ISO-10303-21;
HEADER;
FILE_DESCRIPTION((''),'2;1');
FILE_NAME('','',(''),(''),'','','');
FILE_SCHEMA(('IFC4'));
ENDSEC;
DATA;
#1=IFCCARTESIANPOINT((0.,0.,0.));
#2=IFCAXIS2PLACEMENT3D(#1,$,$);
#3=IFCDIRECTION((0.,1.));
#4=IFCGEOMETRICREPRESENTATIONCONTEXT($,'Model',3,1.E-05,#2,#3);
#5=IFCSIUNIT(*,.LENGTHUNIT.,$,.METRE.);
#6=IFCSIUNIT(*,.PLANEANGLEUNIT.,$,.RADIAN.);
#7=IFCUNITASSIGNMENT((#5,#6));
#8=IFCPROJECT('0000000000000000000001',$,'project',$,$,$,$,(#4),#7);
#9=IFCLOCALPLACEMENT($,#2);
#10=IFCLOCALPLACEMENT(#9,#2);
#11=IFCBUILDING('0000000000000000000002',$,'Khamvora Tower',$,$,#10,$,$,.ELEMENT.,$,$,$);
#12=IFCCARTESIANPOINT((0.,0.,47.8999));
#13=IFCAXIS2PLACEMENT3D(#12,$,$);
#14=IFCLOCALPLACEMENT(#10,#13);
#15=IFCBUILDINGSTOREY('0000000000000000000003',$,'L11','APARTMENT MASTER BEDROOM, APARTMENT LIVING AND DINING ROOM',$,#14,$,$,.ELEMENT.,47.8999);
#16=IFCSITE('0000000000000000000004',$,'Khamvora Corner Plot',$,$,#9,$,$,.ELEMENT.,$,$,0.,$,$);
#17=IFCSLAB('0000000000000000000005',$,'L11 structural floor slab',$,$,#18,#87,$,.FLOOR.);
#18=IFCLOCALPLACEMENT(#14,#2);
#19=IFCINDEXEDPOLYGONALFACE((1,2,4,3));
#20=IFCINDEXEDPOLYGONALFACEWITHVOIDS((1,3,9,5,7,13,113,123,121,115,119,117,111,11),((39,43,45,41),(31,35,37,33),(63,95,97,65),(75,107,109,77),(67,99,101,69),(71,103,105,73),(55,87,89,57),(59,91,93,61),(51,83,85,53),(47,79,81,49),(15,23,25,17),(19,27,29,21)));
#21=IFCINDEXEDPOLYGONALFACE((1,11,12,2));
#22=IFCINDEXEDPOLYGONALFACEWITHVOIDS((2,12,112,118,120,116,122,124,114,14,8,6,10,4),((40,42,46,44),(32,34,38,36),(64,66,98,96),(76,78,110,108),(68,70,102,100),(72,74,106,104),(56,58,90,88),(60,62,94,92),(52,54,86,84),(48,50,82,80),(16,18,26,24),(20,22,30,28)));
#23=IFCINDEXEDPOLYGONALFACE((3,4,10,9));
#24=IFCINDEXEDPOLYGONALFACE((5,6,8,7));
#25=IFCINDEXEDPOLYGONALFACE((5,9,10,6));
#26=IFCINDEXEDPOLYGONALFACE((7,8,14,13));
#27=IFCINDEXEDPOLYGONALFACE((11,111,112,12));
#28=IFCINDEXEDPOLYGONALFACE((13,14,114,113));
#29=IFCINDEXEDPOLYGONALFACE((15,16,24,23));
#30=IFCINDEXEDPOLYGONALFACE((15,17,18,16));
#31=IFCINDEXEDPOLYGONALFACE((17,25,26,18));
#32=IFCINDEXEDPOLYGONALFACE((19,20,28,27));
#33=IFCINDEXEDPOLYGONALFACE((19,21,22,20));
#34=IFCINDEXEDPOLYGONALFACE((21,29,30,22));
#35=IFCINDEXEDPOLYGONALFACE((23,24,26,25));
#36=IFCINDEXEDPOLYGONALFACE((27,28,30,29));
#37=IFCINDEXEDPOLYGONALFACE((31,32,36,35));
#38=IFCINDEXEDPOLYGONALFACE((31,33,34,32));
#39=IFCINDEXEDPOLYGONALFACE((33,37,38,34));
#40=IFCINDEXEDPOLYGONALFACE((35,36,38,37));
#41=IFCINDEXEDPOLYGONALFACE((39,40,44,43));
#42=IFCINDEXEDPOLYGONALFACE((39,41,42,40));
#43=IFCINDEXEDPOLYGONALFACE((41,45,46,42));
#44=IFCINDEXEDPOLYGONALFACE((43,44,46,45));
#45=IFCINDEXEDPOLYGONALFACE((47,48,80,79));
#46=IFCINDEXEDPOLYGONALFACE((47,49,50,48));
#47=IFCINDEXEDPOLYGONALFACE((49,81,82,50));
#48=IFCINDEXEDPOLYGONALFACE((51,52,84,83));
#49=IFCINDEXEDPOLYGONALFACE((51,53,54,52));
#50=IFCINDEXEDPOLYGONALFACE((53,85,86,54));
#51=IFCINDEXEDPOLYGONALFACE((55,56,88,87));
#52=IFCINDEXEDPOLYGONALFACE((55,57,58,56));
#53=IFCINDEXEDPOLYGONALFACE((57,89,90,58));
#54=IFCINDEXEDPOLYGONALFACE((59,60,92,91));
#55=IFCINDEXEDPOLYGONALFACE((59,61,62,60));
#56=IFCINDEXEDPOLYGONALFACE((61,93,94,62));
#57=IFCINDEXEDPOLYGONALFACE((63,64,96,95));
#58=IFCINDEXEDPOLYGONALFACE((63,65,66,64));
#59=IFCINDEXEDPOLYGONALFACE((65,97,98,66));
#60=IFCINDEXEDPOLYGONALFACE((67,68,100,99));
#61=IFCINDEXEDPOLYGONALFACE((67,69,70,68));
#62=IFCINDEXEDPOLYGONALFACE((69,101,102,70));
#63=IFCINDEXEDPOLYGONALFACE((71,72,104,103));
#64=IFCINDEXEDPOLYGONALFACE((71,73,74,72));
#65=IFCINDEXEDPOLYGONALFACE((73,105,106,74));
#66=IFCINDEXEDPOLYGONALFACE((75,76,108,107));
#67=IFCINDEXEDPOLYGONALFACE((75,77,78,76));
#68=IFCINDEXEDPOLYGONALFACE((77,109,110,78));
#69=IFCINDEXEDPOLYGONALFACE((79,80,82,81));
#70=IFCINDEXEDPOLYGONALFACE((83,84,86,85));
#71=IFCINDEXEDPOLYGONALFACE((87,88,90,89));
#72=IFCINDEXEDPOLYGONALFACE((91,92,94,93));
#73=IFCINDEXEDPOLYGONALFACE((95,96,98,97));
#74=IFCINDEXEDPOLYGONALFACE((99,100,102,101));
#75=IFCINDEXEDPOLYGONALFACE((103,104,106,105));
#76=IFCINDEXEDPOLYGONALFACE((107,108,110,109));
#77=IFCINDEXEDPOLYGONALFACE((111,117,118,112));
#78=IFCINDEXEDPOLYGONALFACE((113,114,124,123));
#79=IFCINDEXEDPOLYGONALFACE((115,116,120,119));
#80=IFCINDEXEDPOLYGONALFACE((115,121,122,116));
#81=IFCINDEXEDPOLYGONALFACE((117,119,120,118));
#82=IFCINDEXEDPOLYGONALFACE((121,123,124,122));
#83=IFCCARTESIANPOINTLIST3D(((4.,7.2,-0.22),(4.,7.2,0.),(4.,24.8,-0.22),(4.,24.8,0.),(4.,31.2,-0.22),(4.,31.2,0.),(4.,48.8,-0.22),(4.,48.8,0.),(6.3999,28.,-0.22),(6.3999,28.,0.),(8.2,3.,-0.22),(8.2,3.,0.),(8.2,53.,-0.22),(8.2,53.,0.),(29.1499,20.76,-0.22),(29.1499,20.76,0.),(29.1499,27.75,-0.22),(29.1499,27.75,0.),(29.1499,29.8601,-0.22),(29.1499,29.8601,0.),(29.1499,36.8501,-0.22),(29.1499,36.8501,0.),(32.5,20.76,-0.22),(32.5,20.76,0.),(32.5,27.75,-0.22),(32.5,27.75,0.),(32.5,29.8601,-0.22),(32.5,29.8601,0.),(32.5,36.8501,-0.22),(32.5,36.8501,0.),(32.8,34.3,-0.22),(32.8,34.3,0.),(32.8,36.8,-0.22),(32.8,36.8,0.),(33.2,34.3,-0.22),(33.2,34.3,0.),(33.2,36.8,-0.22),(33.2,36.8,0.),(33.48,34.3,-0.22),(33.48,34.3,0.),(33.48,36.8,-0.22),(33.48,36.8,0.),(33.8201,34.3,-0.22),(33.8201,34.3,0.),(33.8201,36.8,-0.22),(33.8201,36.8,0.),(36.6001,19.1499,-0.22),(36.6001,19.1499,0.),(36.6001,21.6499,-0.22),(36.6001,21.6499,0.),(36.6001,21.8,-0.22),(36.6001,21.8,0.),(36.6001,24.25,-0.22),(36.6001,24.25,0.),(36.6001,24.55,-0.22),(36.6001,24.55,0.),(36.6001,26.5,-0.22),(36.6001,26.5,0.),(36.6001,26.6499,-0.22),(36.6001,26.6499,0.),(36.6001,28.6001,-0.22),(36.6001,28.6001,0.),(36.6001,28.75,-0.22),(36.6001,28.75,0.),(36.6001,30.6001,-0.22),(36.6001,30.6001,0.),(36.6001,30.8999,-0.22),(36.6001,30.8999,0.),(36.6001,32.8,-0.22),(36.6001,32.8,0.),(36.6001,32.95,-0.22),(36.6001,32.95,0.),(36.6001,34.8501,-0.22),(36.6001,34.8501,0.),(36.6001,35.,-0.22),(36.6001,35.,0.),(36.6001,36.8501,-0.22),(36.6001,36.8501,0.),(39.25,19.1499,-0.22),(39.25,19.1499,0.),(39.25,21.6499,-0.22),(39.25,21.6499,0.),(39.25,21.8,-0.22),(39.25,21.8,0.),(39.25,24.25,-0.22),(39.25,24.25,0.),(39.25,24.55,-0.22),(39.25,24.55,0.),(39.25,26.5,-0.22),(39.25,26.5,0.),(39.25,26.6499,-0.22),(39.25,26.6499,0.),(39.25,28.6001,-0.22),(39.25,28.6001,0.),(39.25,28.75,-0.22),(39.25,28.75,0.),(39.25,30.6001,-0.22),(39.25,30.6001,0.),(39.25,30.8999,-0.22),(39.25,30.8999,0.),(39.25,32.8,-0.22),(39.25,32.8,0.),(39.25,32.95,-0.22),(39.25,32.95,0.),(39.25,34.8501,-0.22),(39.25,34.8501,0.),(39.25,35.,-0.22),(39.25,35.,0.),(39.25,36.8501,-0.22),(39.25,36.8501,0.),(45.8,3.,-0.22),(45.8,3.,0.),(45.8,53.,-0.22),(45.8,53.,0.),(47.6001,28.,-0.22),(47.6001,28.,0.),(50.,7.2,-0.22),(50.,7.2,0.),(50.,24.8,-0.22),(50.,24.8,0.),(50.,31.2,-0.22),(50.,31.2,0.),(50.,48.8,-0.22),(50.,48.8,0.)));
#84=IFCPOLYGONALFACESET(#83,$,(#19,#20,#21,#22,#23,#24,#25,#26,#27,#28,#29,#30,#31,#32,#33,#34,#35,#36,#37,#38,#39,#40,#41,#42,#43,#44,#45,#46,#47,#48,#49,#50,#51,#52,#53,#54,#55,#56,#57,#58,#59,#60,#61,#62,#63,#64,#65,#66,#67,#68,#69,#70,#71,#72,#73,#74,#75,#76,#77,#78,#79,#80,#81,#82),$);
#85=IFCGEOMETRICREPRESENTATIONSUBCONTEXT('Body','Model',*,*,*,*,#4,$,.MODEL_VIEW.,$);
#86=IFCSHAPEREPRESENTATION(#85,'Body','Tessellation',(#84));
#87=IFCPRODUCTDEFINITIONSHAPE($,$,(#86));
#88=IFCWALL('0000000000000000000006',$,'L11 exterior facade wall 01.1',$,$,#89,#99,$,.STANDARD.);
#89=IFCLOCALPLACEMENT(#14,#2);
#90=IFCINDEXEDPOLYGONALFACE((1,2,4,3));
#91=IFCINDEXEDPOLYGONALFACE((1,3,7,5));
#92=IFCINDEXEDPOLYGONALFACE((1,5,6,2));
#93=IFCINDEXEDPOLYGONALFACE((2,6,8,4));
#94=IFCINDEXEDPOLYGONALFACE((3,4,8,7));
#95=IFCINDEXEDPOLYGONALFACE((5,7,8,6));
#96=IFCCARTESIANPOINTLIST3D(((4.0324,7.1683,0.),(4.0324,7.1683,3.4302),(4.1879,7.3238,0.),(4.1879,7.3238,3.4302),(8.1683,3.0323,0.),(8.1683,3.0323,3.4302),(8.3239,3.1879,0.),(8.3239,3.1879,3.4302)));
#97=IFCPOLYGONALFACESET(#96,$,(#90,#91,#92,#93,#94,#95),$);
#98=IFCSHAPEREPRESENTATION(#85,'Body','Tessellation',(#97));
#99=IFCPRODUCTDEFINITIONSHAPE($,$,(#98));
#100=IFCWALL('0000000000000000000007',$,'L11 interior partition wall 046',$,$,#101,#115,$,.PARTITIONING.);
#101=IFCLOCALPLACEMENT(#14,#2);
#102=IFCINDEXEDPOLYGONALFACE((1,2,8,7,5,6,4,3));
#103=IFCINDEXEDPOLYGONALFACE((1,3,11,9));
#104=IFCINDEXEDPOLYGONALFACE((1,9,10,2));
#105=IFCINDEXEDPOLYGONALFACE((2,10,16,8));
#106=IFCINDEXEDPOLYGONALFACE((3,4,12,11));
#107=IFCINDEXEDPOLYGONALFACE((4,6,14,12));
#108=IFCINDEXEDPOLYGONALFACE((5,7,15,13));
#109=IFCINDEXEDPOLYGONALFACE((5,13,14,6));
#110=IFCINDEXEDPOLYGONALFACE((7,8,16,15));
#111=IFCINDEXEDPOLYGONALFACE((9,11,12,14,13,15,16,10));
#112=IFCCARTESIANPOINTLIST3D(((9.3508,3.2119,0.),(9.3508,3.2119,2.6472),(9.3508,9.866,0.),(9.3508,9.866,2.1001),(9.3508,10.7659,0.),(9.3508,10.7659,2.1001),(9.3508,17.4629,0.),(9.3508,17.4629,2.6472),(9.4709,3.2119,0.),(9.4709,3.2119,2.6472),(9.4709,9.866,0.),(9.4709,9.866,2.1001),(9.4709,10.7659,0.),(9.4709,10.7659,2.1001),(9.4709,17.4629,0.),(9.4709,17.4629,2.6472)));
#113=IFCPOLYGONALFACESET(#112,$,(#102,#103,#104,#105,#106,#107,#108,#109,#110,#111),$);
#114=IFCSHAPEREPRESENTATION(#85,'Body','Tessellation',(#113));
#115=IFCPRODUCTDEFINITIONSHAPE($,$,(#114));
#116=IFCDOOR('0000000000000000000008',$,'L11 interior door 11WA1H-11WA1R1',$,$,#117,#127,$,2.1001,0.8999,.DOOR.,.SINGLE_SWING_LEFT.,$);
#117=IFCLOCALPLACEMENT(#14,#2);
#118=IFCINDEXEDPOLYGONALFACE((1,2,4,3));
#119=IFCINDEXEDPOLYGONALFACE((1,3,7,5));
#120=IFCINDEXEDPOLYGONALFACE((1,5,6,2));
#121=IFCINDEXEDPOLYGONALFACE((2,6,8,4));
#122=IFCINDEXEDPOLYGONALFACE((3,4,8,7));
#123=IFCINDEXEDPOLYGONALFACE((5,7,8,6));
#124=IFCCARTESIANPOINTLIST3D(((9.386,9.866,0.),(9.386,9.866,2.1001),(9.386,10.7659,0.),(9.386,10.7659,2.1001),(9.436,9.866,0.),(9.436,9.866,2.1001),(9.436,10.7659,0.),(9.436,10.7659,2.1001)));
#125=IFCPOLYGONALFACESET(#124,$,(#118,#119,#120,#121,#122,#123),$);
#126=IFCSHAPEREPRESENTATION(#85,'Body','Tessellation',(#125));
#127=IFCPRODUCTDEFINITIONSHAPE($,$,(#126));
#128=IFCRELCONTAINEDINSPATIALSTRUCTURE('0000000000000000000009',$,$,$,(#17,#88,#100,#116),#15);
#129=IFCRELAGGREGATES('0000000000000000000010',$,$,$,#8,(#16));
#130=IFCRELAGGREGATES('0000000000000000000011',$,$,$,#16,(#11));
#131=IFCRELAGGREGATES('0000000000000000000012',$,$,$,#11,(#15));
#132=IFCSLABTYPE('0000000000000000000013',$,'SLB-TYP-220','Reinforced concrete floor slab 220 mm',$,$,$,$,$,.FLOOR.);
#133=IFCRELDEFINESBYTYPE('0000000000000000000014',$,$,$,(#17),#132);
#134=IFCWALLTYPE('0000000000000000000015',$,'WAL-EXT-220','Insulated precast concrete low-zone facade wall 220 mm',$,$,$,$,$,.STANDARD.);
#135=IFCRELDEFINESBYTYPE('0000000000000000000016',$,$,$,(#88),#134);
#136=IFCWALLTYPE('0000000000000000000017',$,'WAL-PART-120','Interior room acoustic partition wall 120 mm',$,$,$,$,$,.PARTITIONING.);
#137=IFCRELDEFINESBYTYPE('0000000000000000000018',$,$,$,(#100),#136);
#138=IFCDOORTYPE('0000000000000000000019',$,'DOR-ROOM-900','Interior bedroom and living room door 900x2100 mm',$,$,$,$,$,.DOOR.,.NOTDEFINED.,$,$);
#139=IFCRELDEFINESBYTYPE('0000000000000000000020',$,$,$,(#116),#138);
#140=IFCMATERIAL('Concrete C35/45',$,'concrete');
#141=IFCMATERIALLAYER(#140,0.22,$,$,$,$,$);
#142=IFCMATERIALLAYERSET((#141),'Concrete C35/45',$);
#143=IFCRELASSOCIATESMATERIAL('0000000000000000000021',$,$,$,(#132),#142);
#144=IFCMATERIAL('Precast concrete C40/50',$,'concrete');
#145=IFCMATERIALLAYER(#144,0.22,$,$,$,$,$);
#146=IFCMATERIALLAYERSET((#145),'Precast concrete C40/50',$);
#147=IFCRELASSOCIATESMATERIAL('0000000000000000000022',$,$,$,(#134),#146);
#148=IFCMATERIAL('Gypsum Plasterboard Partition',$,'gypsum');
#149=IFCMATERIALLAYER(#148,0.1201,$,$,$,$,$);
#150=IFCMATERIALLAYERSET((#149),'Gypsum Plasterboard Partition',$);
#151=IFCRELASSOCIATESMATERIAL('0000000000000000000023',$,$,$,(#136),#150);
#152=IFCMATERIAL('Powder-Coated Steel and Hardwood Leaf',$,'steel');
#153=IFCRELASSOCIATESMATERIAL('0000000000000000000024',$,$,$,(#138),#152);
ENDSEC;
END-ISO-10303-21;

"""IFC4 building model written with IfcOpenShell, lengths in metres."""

from ifc_helpers import new_model, si_unit, direction, frame, frame_2d, origin, place, context, subcontext, project, spatial, polyline, rectangle, outline, extrude, material, layer, layer_set, type_object, element, fill, save


model = new_model("IFC4")

# Units and contexts
model_context = context("Model", 3, precision=1e-05, world=origin(), true_north=direction((0.0, 1.0)))
body_context = subcontext(model_context, "Body", "Model", "MODEL_VIEW")
ifc_project = project(units=[si_unit("LENGTHUNIT", "METRE"), si_unit("PLANEANGLEUNIT", "RADIAN")], contexts=[model_context])

# Site, building, storey
site_placement = place(None, origin())
site = spatial("IfcSite", under=ifc_project, at=site_placement, Name="Khamvora Corner Plot", CompositionType="ELEMENT", RefElevation=0.0)
building_placement = place(site_placement, origin())
building = spatial("IfcBuilding", under=site, at=building_placement, Name="Khamvora Tower", CompositionType="ELEMENT")
storey_placement = place(building_placement, frame((0.0, 0.0, 47.8999)))
storey = spatial("IfcBuildingStorey", under=building, at=storey_placement, Name="L11", Description="APARTMENT MASTER BEDROOM, APARTMENT LIVING AND DINING ROOM", CompositionType="ELEMENT", Elevation=47.8999)

# Slab
ifc_material_1 = material(Name="Concrete C35/45", Category="concrete")
ifc_layer_1 = layer(ifc_material_1, 0.22)
ifc_layer_set_1 = layer_set([ifc_layer_1], Name="Concrete C35/45")
slab_type_1 = type_object("IfcSlabType", Name="SLB-TYP-220", Description="Reinforced concrete floor slab 220 mm", PredefinedType="FLOOR", material=ifc_layer_set_1)
slab_1_placement = place(storey_placement, frame((0.0, 0.0, -0.22)))
element("IfcSlab", 1, at=slab_1_placement, inside=storey, type_object=slab_type_1, Name="L11 structural floor slab", PredefinedType="FLOOR", context=body_context, shape_type="SweptSolid", body=[
    extrude(outline(polyline([(8.2, 3.0), (45.8, 3.0), (50.0, 7.2), (50.0, 24.8), (47.6001, 28.0), (50.0, 31.2), (50.0, 48.8), (45.8, 53.0), (8.2, 53.0), (4.0, 48.8), (4.0, 31.2), (6.3999, 28.0), (4.0, 24.8), (4.0, 7.2), (8.2, 3.0)]), holes=[polyline([(32.5, 20.76), (32.5, 27.75), (29.1499, 27.75), (29.1499, 20.76), (32.5, 20.76)]), polyline([(32.5, 29.8601), (32.5, 36.8501), (29.1499, 36.8501), (29.1499, 29.8601), (32.5, 29.8601)]), polyline([(36.6001, 19.1499), (39.25, 19.1499), (39.25, 21.6499), (36.6001, 21.6499), (36.6001, 19.1499)]), polyline([(36.6001, 21.8), (39.25, 21.8), (39.25, 24.25), (36.6001, 24.25), (36.6001, 21.8)]), polyline([(36.6001, 24.55), (39.25, 24.55), (39.25, 26.5), (36.6001, 26.5), (36.6001, 24.55)]), polyline([(36.6001, 26.6499), (39.25, 26.6499), (39.25, 28.6001), (36.6001, 28.6001), (36.6001, 26.6499)]), polyline([(36.6001, 28.75), (39.25, 28.75), (39.25, 30.6001), (36.6001, 30.6001), (36.6001, 28.75)]), polyline([(36.6001, 30.8999), (39.25, 30.8999), (39.25, 32.8), (36.6001, 32.8), (36.6001, 30.8999)]), polyline([(36.6001, 32.95), (39.25, 32.95), (39.25, 34.8501), (36.6001, 34.8501), (36.6001, 32.95)]), polyline([(36.6001, 35.0), (39.25, 35.0), (39.25, 36.8501), (36.6001, 36.8501), (36.6001, 35.0)]), polyline([(32.8, 34.3), (33.2, 34.3), (33.2, 36.8), (32.8, 36.8), (32.8, 34.3)]), polyline([(33.48, 34.3), (33.8201, 34.3), (33.8201, 36.8), (33.48, 36.8), (33.48, 34.3)])]), origin(), (0.0, 0.0, 1.0), 0.22),
])

# Wall
ifc_material_2 = material(Name="Precast concrete C40/50", Category="concrete")
ifc_layer_2 = layer(ifc_material_2, 0.22)
ifc_layer_set_2 = layer_set([ifc_layer_2], Name="Precast concrete C40/50")
wall_type_1 = type_object("IfcWallType", Name="WAL-EXT-220", Description="Insulated precast concrete low-zone facade wall 220 mm", PredefinedType="STANDARD", material=ifc_layer_set_2)
wall_1_placement = place(storey_placement, frame((8.2461, 3.1101, 0.0), z_axis=(0.0, 0.0, 1.0), x_axis=(-0.707107, 0.707107, 0.0)))
element("IfcWall", 2, at=wall_1_placement, inside=storey, type_object=wall_type_1, Name="L11 exterior facade wall 01.1", PredefinedType="STANDARD", context=body_context, shape_type="SweptSolid", body=[
    extrude(rectangle(XDim=5.8491, YDim=0.22, at=frame_2d((2.9246, 0.0))), origin(), (0.0, 0.0, 1.0), 3.4302),
])

# Wall, opening, door
ifc_material_3 = material(Name="Gypsum Plasterboard Partition", Category="gypsum")
ifc_layer_3 = layer(ifc_material_3, 0.1201)
ifc_layer_set_3 = layer_set([ifc_layer_3], Name="Gypsum Plasterboard Partition")
wall_type_2 = type_object("IfcWallType", Name="WAL-PART-120", Description="Interior room acoustic partition wall 120 mm", PredefinedType="PARTITIONING", material=ifc_layer_set_3)
wall_2_placement = place(storey_placement, frame((9.4109, 3.2119, 0.0), z_axis=(0.0, 0.0, 1.0), x_axis=(0.0, 1.0, 0.0)))
wall_2 = element("IfcWall", 3, at=wall_2_placement, inside=storey, type_object=wall_type_2, Name="L11 interior partition wall 046", PredefinedType="PARTITIONING", context=body_context, shape_type="SweptSolid", body=[
    extrude(rectangle(XDim=14.251, YDim=0.1201, at=frame_2d((7.1255, 0.0))), origin(), (0.0, 0.0, 1.0), 2.6472),
])
opening_placement = place(wall_2_placement, frame((6.6541, 0.0, 0.0)))
opening = element("IfcOpeningElement", 4, at=opening_placement, cuts=wall_2, PredefinedType="OPENING", context=body_context, shape_type="SweptSolid", body=[
    extrude(rectangle(XDim=0.8999, YDim=2.1001, at=frame_2d((0.45, 1.05))), frame((0.0, 0.0701, 0.0), z_axis=(0.0, -1.0, 0.0), x_axis=(1.0, 0.0, 0.0)), (0.0, 0.0, 1.0), 0.1401),
])
ifc_material_4 = material(Name="Powder-Coated Steel and Hardwood Leaf", Category="steel")
door_type = type_object("IfcDoorType", Name="DOR-ROOM-900", Description="Interior bedroom and living room door 900x2100 mm", OperationType="NOTDEFINED", PredefinedType="DOOR", material=ifc_material_4)
door_placement = place(opening_placement, origin())
door = element("IfcDoor", 5, at=door_placement, inside=storey, type_object=door_type, Name="L11 interior door 11WA1H-11WA1R1", OperationType="SINGLE_SWING_LEFT", OverallHeight=2.1001, OverallWidth=0.8999, PredefinedType="DOOR", context=body_context, shape_type="SweptSolid", body=[
    extrude(rectangle(XDim=0.8999, YDim=2.1001, at=frame_2d((0.45, 1.05))), frame((0.0, 0.0249, 0.0), z_axis=(0.0, -1.0, 0.0), x_axis=(1.0, 0.0, 0.0)), (0.0, 0.0, 1.0), 0.05),
])
fill(opening, door)

save(model, "model.ifc")
